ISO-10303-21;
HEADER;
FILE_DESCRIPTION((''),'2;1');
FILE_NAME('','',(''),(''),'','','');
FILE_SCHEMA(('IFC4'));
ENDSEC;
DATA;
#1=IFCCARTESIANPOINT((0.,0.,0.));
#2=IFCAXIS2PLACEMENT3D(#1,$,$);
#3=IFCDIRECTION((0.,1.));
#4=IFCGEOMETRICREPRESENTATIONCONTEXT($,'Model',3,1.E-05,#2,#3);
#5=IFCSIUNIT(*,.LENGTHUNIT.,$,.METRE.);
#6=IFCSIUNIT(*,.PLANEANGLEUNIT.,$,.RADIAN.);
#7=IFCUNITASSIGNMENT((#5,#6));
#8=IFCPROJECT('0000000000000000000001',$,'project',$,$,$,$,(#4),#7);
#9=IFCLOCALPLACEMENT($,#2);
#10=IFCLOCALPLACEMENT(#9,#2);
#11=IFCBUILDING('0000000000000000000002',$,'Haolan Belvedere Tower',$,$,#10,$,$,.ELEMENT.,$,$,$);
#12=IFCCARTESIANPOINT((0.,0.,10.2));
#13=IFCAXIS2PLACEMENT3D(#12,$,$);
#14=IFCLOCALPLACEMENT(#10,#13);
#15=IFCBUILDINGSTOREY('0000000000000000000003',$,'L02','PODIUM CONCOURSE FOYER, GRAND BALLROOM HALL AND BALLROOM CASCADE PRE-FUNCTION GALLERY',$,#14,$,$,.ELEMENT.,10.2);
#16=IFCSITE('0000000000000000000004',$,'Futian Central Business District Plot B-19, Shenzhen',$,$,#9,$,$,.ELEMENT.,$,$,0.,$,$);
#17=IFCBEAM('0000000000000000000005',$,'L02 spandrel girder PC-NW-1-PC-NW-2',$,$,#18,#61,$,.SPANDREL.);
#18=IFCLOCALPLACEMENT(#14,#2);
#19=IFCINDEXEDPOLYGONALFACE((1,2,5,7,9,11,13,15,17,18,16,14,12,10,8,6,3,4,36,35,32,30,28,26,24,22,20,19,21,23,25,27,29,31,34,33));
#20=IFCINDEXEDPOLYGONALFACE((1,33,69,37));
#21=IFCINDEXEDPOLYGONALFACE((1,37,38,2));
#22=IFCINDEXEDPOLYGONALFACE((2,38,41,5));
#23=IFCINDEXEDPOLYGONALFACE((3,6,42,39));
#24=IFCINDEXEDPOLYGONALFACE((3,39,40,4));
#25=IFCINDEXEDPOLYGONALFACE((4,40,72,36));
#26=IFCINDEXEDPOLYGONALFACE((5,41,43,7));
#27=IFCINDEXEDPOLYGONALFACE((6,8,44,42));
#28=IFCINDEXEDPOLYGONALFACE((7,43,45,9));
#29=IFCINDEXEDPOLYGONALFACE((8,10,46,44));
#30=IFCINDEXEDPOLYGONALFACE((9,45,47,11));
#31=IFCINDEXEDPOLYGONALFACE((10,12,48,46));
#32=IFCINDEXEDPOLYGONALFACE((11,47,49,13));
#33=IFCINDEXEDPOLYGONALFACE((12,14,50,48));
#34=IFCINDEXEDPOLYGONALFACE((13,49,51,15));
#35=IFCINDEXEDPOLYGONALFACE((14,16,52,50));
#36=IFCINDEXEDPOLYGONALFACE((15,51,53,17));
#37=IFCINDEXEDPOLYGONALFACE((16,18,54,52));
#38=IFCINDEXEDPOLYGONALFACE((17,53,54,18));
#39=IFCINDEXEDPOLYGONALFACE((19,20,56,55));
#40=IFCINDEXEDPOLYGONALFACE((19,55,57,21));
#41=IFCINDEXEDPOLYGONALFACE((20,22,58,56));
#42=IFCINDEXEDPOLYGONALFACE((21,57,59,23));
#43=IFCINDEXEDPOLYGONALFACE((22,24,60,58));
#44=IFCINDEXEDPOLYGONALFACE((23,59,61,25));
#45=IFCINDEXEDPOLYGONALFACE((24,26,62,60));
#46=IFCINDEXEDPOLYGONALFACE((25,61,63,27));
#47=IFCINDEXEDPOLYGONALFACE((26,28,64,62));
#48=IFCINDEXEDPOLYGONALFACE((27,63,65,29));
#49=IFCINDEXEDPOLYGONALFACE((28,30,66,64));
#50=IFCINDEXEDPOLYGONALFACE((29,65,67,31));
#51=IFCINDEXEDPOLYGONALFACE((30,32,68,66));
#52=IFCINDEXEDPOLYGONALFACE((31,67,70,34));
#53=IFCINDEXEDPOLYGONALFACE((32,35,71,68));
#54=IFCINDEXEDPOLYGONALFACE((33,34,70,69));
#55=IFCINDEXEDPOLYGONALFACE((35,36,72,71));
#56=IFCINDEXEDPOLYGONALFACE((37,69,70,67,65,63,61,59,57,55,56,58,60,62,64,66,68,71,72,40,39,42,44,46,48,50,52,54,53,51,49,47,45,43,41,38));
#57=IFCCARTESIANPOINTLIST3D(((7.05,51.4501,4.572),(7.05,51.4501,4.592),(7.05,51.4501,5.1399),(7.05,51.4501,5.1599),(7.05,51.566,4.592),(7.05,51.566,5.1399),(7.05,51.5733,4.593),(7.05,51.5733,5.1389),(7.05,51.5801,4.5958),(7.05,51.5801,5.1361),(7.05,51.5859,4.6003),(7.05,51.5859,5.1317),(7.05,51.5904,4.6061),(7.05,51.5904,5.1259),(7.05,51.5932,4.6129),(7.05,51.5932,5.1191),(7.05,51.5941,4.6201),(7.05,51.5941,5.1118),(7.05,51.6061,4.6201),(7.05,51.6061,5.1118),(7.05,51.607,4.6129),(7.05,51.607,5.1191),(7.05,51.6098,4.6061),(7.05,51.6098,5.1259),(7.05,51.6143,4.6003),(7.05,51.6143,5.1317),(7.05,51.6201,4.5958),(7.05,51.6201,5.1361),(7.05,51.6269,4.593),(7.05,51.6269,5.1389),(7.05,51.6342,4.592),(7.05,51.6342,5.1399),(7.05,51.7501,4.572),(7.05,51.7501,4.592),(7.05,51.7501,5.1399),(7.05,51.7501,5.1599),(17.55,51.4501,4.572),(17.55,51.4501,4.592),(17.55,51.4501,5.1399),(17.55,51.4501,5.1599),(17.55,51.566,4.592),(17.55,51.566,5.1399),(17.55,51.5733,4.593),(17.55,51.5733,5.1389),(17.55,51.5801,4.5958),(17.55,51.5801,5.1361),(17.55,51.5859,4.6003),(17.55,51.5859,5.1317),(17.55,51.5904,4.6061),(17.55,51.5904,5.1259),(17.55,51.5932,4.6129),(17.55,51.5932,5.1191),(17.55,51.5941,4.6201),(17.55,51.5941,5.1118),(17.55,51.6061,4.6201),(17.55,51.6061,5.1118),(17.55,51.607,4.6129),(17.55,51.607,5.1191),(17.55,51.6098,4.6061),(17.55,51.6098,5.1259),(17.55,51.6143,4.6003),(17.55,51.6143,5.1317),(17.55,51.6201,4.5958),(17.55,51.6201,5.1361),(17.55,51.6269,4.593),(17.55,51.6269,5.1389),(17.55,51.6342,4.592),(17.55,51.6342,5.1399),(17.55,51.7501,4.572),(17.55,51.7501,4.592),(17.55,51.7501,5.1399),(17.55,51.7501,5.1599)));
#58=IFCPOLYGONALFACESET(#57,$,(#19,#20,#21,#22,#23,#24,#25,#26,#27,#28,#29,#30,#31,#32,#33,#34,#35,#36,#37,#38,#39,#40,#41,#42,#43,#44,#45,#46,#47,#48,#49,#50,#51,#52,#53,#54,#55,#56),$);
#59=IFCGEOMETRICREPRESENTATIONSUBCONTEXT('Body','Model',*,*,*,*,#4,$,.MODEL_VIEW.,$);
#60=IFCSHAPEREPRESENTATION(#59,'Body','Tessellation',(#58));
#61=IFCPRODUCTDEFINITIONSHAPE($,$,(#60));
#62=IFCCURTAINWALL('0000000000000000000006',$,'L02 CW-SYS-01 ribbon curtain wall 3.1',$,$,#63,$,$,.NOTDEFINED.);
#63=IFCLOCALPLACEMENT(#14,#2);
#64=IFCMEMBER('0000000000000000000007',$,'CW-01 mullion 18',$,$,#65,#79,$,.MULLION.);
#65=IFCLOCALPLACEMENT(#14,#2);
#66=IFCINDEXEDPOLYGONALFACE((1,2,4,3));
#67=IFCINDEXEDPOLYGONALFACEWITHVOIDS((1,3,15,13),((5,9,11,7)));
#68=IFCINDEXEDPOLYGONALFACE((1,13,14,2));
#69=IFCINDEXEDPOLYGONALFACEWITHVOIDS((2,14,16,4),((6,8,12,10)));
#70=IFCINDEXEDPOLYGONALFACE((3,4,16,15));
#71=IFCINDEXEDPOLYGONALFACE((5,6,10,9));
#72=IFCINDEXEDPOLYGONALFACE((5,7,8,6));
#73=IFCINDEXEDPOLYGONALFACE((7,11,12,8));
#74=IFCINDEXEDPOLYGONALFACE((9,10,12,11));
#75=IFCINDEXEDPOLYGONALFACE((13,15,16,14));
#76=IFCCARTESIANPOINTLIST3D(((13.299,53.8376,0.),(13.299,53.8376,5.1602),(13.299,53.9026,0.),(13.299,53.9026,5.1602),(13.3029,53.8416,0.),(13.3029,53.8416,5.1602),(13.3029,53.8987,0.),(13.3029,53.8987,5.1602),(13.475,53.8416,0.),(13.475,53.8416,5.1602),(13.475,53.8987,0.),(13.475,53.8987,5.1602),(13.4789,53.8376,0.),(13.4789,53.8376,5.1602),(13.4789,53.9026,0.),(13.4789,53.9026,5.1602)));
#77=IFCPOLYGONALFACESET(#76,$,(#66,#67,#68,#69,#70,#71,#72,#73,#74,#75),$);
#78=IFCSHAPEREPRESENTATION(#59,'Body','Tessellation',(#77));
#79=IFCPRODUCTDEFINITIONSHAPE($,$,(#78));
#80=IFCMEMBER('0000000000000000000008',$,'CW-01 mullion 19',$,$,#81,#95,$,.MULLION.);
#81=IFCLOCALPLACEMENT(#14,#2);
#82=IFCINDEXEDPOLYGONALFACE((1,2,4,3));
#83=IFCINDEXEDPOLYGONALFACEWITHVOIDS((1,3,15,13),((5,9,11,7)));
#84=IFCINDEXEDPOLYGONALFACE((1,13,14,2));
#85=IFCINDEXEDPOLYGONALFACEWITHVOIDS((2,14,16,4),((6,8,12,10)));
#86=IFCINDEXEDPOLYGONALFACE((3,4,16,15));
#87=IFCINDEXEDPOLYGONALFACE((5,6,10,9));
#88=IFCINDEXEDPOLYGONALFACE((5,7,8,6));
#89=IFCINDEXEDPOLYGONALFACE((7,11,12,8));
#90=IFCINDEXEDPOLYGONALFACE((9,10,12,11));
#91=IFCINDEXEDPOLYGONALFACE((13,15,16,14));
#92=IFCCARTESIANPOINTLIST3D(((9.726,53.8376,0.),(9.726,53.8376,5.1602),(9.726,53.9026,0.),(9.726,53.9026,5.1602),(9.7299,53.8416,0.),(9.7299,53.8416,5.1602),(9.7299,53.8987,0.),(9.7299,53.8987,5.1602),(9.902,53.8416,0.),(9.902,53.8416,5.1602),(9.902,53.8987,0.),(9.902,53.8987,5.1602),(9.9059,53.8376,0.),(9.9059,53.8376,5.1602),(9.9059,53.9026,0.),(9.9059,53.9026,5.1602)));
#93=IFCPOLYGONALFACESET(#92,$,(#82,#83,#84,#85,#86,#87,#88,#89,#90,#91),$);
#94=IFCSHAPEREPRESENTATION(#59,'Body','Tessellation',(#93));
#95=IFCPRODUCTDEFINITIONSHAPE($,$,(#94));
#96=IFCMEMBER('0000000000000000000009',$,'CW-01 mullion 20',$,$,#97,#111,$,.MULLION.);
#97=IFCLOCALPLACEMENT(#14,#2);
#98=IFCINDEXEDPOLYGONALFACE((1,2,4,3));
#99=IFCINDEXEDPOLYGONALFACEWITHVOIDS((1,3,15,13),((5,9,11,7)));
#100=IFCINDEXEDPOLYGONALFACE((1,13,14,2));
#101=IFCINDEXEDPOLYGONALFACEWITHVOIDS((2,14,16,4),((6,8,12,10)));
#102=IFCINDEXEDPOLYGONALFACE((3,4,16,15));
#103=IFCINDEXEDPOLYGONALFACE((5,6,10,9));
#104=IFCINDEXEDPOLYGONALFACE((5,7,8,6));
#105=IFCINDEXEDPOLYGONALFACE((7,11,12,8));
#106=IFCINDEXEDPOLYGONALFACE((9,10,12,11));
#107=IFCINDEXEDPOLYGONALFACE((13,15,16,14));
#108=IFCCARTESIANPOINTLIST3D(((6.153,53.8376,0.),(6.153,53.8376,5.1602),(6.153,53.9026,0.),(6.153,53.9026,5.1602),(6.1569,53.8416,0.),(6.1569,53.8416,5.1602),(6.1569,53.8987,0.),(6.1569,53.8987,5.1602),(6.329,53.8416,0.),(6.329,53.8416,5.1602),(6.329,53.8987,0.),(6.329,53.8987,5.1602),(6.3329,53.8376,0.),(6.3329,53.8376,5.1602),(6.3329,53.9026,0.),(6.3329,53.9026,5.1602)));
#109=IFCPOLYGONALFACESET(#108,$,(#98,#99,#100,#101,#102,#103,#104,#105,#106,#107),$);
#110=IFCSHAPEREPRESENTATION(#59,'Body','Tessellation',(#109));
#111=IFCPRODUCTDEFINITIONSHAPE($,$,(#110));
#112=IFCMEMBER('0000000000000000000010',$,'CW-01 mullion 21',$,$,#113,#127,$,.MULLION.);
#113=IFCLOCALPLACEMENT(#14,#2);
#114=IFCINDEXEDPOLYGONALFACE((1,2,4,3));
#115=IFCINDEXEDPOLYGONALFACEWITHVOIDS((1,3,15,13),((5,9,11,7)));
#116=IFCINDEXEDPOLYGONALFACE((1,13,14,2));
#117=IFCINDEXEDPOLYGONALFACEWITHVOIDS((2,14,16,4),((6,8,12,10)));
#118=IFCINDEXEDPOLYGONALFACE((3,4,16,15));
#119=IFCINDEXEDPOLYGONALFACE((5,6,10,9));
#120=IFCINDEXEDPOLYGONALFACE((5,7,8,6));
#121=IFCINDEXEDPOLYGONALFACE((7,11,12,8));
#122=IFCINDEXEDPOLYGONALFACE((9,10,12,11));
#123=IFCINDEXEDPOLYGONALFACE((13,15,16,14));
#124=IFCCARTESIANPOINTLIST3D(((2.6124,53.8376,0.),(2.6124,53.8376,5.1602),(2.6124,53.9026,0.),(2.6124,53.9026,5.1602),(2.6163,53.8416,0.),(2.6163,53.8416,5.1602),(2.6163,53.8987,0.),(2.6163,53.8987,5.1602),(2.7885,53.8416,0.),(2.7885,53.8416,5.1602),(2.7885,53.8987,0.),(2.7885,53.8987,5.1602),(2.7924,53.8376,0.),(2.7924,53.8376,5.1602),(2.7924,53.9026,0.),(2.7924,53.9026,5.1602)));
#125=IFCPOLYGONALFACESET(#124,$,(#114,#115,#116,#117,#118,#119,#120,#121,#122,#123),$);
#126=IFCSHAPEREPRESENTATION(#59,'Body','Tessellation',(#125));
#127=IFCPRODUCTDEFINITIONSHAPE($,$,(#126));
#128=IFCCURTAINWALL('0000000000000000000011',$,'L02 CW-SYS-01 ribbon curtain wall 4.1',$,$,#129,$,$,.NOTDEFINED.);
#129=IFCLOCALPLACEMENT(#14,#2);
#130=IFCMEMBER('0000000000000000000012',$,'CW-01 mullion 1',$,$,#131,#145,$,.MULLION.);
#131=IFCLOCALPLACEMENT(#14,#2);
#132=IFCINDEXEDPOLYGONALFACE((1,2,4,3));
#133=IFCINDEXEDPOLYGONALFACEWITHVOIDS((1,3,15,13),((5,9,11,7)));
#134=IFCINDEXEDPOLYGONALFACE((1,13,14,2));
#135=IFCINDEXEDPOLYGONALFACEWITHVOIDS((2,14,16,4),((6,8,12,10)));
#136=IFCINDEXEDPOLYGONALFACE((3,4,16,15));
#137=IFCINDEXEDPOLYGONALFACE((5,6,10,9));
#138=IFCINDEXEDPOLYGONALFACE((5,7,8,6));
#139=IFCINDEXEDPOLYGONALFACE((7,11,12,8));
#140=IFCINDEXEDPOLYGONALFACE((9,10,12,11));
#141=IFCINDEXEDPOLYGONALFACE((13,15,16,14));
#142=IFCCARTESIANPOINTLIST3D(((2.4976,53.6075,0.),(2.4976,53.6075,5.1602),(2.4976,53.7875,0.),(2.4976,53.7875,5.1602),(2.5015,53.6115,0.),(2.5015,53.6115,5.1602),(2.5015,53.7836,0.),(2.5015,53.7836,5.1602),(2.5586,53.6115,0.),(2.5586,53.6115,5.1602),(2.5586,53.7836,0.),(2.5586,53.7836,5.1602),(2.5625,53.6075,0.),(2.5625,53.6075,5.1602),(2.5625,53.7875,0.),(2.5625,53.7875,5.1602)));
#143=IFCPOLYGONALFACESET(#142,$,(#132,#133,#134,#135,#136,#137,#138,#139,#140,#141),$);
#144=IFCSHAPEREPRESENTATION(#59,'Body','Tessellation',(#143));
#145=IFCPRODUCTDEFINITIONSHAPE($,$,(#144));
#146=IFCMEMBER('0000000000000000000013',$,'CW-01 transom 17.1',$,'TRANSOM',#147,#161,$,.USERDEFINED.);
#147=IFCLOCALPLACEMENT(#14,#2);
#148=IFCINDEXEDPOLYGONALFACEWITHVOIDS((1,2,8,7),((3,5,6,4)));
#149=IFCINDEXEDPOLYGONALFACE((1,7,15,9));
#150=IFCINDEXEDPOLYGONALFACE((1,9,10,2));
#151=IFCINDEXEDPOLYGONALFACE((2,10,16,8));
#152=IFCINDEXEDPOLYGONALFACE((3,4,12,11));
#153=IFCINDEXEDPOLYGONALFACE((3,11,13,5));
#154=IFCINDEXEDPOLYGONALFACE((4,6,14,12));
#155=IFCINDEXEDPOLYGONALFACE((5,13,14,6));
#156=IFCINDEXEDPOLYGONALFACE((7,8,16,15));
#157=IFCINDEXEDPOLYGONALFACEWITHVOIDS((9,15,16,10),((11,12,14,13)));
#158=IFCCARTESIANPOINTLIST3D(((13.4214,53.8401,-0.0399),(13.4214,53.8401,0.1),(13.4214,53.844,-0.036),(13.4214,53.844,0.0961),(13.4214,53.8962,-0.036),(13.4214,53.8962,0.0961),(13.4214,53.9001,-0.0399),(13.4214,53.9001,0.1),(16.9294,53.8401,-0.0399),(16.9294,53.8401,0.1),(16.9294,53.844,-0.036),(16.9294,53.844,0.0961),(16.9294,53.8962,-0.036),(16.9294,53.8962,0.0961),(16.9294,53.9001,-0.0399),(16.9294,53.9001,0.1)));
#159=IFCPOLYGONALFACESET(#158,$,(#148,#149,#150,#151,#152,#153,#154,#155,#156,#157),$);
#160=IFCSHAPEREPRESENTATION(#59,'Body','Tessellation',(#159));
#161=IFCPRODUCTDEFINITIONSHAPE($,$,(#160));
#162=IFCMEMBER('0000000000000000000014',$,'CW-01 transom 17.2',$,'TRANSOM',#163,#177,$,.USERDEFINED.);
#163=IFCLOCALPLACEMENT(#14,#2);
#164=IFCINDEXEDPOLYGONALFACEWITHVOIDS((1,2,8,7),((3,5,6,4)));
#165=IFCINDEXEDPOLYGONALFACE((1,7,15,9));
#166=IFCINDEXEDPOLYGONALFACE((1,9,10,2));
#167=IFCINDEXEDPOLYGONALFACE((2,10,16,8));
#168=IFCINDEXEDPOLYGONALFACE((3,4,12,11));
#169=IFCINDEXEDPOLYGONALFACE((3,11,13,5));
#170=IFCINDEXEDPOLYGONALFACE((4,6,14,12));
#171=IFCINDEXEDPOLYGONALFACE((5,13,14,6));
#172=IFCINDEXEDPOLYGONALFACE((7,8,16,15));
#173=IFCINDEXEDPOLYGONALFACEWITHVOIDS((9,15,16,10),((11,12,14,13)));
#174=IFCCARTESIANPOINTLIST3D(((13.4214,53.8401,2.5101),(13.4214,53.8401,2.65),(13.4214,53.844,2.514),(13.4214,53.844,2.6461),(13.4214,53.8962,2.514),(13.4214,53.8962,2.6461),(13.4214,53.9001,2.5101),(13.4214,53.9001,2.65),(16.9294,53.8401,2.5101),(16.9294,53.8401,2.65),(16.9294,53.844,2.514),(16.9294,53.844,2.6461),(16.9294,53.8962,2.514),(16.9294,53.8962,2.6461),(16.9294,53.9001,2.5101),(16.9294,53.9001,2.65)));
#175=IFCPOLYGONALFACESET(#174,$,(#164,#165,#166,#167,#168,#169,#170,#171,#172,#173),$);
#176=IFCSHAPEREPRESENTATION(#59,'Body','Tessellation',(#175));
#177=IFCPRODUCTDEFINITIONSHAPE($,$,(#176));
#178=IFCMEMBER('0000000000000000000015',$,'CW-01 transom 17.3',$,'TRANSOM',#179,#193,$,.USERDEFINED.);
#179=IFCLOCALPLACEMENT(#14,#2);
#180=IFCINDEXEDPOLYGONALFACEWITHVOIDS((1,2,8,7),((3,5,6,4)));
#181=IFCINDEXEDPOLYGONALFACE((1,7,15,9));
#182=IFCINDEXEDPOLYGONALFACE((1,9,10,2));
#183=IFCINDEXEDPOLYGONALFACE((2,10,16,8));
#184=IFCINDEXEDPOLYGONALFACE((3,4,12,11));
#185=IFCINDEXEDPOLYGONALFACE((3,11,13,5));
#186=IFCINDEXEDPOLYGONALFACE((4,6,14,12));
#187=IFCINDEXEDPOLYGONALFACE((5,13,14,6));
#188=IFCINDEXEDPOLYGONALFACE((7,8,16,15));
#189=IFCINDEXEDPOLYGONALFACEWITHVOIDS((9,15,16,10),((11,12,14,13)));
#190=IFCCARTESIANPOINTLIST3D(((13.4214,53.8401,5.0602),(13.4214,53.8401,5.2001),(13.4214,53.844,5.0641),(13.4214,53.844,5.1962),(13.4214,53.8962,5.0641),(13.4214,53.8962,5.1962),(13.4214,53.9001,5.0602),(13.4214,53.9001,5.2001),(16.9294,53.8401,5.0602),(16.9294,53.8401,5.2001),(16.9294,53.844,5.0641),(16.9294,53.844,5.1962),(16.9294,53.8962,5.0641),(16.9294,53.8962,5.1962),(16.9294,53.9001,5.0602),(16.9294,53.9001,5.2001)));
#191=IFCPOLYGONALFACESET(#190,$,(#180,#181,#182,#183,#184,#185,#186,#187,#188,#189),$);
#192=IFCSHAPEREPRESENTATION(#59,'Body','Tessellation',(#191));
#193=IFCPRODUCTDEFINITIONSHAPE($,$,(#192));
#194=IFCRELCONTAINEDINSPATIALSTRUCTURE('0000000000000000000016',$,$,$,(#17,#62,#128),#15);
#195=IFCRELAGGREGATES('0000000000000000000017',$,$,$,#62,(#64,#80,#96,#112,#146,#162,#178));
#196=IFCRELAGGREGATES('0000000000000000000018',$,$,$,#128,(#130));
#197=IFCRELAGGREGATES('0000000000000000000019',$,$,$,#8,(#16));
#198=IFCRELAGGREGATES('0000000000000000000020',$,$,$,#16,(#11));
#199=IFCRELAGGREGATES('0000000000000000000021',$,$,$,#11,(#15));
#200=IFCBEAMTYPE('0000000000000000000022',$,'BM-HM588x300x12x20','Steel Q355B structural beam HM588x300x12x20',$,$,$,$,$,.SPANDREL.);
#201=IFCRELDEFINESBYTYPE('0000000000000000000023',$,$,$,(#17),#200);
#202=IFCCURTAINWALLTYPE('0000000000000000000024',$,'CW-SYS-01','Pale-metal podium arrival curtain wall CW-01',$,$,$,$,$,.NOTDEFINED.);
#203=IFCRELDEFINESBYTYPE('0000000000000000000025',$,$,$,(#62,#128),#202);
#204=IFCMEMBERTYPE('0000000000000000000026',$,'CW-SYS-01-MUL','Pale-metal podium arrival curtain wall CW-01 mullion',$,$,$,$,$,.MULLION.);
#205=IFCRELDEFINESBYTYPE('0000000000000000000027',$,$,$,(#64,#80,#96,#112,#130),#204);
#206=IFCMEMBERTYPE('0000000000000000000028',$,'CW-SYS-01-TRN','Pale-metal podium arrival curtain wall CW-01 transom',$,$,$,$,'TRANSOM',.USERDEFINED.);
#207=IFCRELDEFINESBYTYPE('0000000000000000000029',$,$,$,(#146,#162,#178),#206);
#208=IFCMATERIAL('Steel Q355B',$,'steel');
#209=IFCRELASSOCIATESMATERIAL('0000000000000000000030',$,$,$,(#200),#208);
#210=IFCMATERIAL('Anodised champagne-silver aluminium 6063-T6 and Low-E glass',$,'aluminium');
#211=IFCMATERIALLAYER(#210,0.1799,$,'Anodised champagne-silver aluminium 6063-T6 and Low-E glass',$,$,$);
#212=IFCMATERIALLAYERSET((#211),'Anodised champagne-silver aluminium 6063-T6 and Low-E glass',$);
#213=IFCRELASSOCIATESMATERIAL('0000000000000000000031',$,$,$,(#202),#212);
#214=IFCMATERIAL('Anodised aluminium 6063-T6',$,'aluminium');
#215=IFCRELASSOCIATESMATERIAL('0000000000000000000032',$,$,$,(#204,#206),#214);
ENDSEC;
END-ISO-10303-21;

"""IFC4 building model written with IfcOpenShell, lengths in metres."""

from ifc_helpers import new_model, si_unit, direction, frame, origin, origin_2d, place, context, subcontext, project, spatial, hollow_rectangle, i_section, extrude, material, layer, layer_set, material_profile, profile_set, type_object, element, aggregate, save


model = new_model("IFC4")

# Units and contexts
model_context = context("Model", 3, precision=1e-05, world=origin(), true_north=direction((0.0, 1.0)))
body_context = subcontext(model_context, "Body", "Model", "MODEL_VIEW")
ifc_project = project(units=[si_unit("LENGTHUNIT", "METRE"), si_unit("PLANEANGLEUNIT", "RADIAN")], contexts=[model_context])

# Site, building, storey
site_placement = place(None, origin())
site = spatial("IfcSite", under=ifc_project, at=site_placement, Name="Futian Central Business District Plot B-19, Shenzhen", CompositionType="ELEMENT", RefElevation=0.0)
building_placement = place(site_placement, origin())
building = spatial("IfcBuilding", under=site, at=building_placement, Name="Haolan Belvedere Tower", CompositionType="ELEMENT")
storey_placement = place(building_placement, frame((0.0, 0.0, 10.2)))
storey = spatial("IfcBuildingStorey", under=building, at=storey_placement, Name="L02", Description="PODIUM CONCOURSE FOYER, GRAND BALLROOM HALL AND BALLROOM CASCADE PRE-FUNCTION GALLERY", CompositionType="ELEMENT", Elevation=10.2)

# Beam
ifc_material_1 = material(Name="Steel Q355B", Category="steel")
ifc_material_profile_1 = material_profile(ifc_material_1, i_section(OverallWidth=0.3, OverallDepth=0.5879, WebThickness=0.012, FlangeThickness=0.02, FilletRadius=0.0281, at=origin_2d()), Name="Steel Q355B")
ifc_profile_set_1 = profile_set([ifc_material_profile_1], Name="Steel Q355B")
beam_type = type_object("IfcBeamType", Name="BM-HM588x300x12x20", Description="Steel Q355B structural beam HM588x300x12x20", PredefinedType="SPANDREL", material=ifc_profile_set_1)
beam_placement = place(storey_placement, frame((7.05, 51.6001, 4.866), z_axis=(1.0, 0.0, 0.0), x_axis=(0.0, 1.0, 0.0)))
element("IfcBeam", 1, at=beam_placement, inside=storey, type_object=beam_type, Name="L02 spandrel girder PC-NW-1-PC-NW-2", PredefinedType="SPANDREL", context=body_context, shape_type="SweptSolid", body=[
    extrude(i_section(OverallWidth=0.3, OverallDepth=0.5879, WebThickness=0.012, FlangeThickness=0.02, FilletRadius=0.0281, at=origin_2d()), origin(), (0.0, 0.0, 1.0), 10.5),
])

# Curtain wall, members
ifc_material_2 = material(Name="Anodised champagne-silver aluminium 6063-T6 and Low-E glass", Category="aluminium")
ifc_layer_1 = layer(ifc_material_2, 0.1799, Name="Anodised champagne-silver aluminium 6063-T6 and Low-E glass")
ifc_layer_set_1 = layer_set([ifc_layer_1], Name="Anodised champagne-silver aluminium 6063-T6 and Low-E glass")
curtain_wall_type = type_object("IfcCurtainWallType", Name="CW-SYS-01", Description="Pale-metal podium arrival curtain wall CW-01", PredefinedType="NOTDEFINED", material=ifc_layer_set_1)
curtain_wall_1_placement = place(storey_placement, origin())
curtain_wall_1 = element("IfcCurtainWall", 2, at=curtain_wall_1_placement, inside=storey, type_object=curtain_wall_type, Name="L02 CW-SYS-01 ribbon curtain wall 3.1", PredefinedType="NOTDEFINED")
ifc_material_3 = material(Name="Anodised aluminium 6063-T6", Category="aluminium")
ifc_material_profile_2 = material_profile(ifc_material_3, hollow_rectangle(XDim=0.0649, YDim=0.1799, WallThickness=0.0039, at=origin_2d()), Name="Anodised aluminium 6063-T6")
ifc_profile_set_2 = profile_set([ifc_material_profile_2], Name="Anodised aluminium 6063-T6")
member_type_1 = type_object("IfcMemberType", Name="CW-SYS-01-MUL", Description="Pale-metal podium arrival curtain wall CW-01 mullion", PredefinedType="MULLION", material=ifc_profile_set_2)
member_1_placement = place(storey_placement, frame((13.3889, 53.8701, 0.0), z_axis=(0.0, 0.0, 1.0), x_axis=(0.0, -1.0, 0.0)))
member_1 = element("IfcMember", 3, at=member_1_placement, type_object=member_type_1, Name="CW-01 mullion 18", PredefinedType="MULLION", context=body_context, shape_type="SweptSolid", body=[
    extrude(hollow_rectangle(XDim=0.0649, YDim=0.1799, WallThickness=0.0039, at=origin_2d()), origin(), (0.0, 0.0, 1.0), 5.1602),
])
member_2_placement = place(storey_placement, frame((9.8159, 53.8701, 0.0), z_axis=(0.0, 0.0, 1.0), x_axis=(0.0, -1.0, 0.0)))
member_2 = element("IfcMember", 4, at=member_2_placement, type_object=member_type_1, Name="CW-01 mullion 19", PredefinedType="MULLION", context=body_context, shape_type="SweptSolid", body=[
    extrude(hollow_rectangle(XDim=0.0649, YDim=0.1799, WallThickness=0.0039, at=origin_2d()), origin(), (0.0, 0.0, 1.0), 5.1602),
])
member_3_placement = place(storey_placement, frame((6.2429, 53.8701, 0.0), z_axis=(0.0, 0.0, 1.0), x_axis=(0.0, -1.0, 0.0)))
member_3 = element("IfcMember", 5, at=member_3_placement, type_object=member_type_1, Name="CW-01 mullion 20", PredefinedType="MULLION", context=body_context, shape_type="SweptSolid", body=[
    extrude(hollow_rectangle(XDim=0.0649, YDim=0.1799, WallThickness=0.0039, at=origin_2d()), origin(), (0.0, 0.0, 1.0), 5.1602),
])
member_4_placement = place(storey_placement, frame((2.7024, 53.8701, 0.0), z_axis=(0.0, 0.0, 1.0), x_axis=(0.0, -1.0, 0.0)))
member_4 = element("IfcMember", 6, at=member_4_placement, type_object=member_type_1, Name="CW-01 mullion 21", PredefinedType="MULLION", context=body_context, shape_type="SweptSolid", body=[
    extrude(hollow_rectangle(XDim=0.0649, YDim=0.1799, WallThickness=0.0039, at=origin_2d()), origin(), (0.0, 0.0, 1.0), 5.1602),
])

# Curtain wall, member
curtain_wall_2_placement = place(storey_placement, origin())
curtain_wall_2 = element("IfcCurtainWall", 7, at=curtain_wall_2_placement, inside=storey, type_object=curtain_wall_type, Name="L02 CW-SYS-01 ribbon curtain wall 4.1", PredefinedType="NOTDEFINED")
member_5_placement = place(storey_placement, frame((2.53, 53.6975, 0.0), z_axis=(0.0, 0.0, 1.0), x_axis=(1.0, 0.0, 0.0)))
member_5 = element("IfcMember", 8, at=member_5_placement, type_object=member_type_1, Name="CW-01 mullion 1", PredefinedType="MULLION", context=body_context, shape_type="SweptSolid", body=[
    extrude(hollow_rectangle(XDim=0.0649, YDim=0.1799, WallThickness=0.0039, at=origin_2d()), origin(), (0.0, 0.0, 1.0), 5.1602),
])

# Members
ifc_material_profile_3 = material_profile(ifc_material_3, hollow_rectangle(XDim=0.0601, YDim=0.1399, WallThickness=0.0039, at=origin_2d()), Name="Anodised aluminium 6063-T6")
ifc_profile_set_3 = profile_set([ifc_material_profile_3], Name="Anodised aluminium 6063-T6")
member_type_2 = type_object("IfcMemberType", Name="CW-SYS-01-TRN", Description="Pale-metal podium arrival curtain wall CW-01 transom", ElementType="TRANSOM", PredefinedType="USERDEFINED", material=ifc_profile_set_3)
member_6_placement = place(storey_placement, frame((16.9294, 53.8701, 0.03), z_axis=(-1.0, 0.0, 0.0), x_axis=(0.0, -1.0, 0.0)))
member_6 = element("IfcMember", 9, at=member_6_placement, type_object=member_type_2, Name="CW-01 transom 17.1", ObjectType="TRANSOM", PredefinedType="USERDEFINED", context=body_context, shape_type="SweptSolid", body=[
    extrude(hollow_rectangle(XDim=0.0601, YDim=0.1399, WallThickness=0.0039, at=origin_2d()), origin(), (0.0, 0.0, 1.0), 3.5081),
])
member_7_placement = place(storey_placement, frame((16.9294, 53.8701, 2.5801), z_axis=(-1.0, 0.0, 0.0), x_axis=(0.0, -1.0, 0.0)))
member_7 = element("IfcMember", 10, at=member_7_placement, type_object=member_type_2, Name="CW-01 transom 17.2", ObjectType="TRANSOM", PredefinedType="USERDEFINED", context=body_context, shape_type="SweptSolid", body=[
    extrude(hollow_rectangle(XDim=0.0601, YDim=0.1399, WallThickness=0.0039, at=origin_2d()), origin(), (0.0, 0.0, 1.0), 3.5081),
])
member_8_placement = place(storey_placement, frame((16.9294, 53.8701, 5.1301), z_axis=(-1.0, 0.0, 0.0), x_axis=(0.0, -1.0, 0.0)))
member_8 = element("IfcMember", 11, at=member_8_placement, type_object=member_type_2, Name="CW-01 transom 17.3", ObjectType="TRANSOM", PredefinedType="USERDEFINED", context=body_context, shape_type="SweptSolid", body=[
    extrude(hollow_rectangle(XDim=0.0601, YDim=0.1399, WallThickness=0.0039, at=origin_2d()), origin(), (0.0, 0.0, 1.0), 3.5081),
])

aggregate(curtain_wall_1, [member_1, member_2, member_3, member_4, member_6, member_7, member_8])
aggregate(curtain_wall_2, [member_5])

save(model, "model.ifc")
